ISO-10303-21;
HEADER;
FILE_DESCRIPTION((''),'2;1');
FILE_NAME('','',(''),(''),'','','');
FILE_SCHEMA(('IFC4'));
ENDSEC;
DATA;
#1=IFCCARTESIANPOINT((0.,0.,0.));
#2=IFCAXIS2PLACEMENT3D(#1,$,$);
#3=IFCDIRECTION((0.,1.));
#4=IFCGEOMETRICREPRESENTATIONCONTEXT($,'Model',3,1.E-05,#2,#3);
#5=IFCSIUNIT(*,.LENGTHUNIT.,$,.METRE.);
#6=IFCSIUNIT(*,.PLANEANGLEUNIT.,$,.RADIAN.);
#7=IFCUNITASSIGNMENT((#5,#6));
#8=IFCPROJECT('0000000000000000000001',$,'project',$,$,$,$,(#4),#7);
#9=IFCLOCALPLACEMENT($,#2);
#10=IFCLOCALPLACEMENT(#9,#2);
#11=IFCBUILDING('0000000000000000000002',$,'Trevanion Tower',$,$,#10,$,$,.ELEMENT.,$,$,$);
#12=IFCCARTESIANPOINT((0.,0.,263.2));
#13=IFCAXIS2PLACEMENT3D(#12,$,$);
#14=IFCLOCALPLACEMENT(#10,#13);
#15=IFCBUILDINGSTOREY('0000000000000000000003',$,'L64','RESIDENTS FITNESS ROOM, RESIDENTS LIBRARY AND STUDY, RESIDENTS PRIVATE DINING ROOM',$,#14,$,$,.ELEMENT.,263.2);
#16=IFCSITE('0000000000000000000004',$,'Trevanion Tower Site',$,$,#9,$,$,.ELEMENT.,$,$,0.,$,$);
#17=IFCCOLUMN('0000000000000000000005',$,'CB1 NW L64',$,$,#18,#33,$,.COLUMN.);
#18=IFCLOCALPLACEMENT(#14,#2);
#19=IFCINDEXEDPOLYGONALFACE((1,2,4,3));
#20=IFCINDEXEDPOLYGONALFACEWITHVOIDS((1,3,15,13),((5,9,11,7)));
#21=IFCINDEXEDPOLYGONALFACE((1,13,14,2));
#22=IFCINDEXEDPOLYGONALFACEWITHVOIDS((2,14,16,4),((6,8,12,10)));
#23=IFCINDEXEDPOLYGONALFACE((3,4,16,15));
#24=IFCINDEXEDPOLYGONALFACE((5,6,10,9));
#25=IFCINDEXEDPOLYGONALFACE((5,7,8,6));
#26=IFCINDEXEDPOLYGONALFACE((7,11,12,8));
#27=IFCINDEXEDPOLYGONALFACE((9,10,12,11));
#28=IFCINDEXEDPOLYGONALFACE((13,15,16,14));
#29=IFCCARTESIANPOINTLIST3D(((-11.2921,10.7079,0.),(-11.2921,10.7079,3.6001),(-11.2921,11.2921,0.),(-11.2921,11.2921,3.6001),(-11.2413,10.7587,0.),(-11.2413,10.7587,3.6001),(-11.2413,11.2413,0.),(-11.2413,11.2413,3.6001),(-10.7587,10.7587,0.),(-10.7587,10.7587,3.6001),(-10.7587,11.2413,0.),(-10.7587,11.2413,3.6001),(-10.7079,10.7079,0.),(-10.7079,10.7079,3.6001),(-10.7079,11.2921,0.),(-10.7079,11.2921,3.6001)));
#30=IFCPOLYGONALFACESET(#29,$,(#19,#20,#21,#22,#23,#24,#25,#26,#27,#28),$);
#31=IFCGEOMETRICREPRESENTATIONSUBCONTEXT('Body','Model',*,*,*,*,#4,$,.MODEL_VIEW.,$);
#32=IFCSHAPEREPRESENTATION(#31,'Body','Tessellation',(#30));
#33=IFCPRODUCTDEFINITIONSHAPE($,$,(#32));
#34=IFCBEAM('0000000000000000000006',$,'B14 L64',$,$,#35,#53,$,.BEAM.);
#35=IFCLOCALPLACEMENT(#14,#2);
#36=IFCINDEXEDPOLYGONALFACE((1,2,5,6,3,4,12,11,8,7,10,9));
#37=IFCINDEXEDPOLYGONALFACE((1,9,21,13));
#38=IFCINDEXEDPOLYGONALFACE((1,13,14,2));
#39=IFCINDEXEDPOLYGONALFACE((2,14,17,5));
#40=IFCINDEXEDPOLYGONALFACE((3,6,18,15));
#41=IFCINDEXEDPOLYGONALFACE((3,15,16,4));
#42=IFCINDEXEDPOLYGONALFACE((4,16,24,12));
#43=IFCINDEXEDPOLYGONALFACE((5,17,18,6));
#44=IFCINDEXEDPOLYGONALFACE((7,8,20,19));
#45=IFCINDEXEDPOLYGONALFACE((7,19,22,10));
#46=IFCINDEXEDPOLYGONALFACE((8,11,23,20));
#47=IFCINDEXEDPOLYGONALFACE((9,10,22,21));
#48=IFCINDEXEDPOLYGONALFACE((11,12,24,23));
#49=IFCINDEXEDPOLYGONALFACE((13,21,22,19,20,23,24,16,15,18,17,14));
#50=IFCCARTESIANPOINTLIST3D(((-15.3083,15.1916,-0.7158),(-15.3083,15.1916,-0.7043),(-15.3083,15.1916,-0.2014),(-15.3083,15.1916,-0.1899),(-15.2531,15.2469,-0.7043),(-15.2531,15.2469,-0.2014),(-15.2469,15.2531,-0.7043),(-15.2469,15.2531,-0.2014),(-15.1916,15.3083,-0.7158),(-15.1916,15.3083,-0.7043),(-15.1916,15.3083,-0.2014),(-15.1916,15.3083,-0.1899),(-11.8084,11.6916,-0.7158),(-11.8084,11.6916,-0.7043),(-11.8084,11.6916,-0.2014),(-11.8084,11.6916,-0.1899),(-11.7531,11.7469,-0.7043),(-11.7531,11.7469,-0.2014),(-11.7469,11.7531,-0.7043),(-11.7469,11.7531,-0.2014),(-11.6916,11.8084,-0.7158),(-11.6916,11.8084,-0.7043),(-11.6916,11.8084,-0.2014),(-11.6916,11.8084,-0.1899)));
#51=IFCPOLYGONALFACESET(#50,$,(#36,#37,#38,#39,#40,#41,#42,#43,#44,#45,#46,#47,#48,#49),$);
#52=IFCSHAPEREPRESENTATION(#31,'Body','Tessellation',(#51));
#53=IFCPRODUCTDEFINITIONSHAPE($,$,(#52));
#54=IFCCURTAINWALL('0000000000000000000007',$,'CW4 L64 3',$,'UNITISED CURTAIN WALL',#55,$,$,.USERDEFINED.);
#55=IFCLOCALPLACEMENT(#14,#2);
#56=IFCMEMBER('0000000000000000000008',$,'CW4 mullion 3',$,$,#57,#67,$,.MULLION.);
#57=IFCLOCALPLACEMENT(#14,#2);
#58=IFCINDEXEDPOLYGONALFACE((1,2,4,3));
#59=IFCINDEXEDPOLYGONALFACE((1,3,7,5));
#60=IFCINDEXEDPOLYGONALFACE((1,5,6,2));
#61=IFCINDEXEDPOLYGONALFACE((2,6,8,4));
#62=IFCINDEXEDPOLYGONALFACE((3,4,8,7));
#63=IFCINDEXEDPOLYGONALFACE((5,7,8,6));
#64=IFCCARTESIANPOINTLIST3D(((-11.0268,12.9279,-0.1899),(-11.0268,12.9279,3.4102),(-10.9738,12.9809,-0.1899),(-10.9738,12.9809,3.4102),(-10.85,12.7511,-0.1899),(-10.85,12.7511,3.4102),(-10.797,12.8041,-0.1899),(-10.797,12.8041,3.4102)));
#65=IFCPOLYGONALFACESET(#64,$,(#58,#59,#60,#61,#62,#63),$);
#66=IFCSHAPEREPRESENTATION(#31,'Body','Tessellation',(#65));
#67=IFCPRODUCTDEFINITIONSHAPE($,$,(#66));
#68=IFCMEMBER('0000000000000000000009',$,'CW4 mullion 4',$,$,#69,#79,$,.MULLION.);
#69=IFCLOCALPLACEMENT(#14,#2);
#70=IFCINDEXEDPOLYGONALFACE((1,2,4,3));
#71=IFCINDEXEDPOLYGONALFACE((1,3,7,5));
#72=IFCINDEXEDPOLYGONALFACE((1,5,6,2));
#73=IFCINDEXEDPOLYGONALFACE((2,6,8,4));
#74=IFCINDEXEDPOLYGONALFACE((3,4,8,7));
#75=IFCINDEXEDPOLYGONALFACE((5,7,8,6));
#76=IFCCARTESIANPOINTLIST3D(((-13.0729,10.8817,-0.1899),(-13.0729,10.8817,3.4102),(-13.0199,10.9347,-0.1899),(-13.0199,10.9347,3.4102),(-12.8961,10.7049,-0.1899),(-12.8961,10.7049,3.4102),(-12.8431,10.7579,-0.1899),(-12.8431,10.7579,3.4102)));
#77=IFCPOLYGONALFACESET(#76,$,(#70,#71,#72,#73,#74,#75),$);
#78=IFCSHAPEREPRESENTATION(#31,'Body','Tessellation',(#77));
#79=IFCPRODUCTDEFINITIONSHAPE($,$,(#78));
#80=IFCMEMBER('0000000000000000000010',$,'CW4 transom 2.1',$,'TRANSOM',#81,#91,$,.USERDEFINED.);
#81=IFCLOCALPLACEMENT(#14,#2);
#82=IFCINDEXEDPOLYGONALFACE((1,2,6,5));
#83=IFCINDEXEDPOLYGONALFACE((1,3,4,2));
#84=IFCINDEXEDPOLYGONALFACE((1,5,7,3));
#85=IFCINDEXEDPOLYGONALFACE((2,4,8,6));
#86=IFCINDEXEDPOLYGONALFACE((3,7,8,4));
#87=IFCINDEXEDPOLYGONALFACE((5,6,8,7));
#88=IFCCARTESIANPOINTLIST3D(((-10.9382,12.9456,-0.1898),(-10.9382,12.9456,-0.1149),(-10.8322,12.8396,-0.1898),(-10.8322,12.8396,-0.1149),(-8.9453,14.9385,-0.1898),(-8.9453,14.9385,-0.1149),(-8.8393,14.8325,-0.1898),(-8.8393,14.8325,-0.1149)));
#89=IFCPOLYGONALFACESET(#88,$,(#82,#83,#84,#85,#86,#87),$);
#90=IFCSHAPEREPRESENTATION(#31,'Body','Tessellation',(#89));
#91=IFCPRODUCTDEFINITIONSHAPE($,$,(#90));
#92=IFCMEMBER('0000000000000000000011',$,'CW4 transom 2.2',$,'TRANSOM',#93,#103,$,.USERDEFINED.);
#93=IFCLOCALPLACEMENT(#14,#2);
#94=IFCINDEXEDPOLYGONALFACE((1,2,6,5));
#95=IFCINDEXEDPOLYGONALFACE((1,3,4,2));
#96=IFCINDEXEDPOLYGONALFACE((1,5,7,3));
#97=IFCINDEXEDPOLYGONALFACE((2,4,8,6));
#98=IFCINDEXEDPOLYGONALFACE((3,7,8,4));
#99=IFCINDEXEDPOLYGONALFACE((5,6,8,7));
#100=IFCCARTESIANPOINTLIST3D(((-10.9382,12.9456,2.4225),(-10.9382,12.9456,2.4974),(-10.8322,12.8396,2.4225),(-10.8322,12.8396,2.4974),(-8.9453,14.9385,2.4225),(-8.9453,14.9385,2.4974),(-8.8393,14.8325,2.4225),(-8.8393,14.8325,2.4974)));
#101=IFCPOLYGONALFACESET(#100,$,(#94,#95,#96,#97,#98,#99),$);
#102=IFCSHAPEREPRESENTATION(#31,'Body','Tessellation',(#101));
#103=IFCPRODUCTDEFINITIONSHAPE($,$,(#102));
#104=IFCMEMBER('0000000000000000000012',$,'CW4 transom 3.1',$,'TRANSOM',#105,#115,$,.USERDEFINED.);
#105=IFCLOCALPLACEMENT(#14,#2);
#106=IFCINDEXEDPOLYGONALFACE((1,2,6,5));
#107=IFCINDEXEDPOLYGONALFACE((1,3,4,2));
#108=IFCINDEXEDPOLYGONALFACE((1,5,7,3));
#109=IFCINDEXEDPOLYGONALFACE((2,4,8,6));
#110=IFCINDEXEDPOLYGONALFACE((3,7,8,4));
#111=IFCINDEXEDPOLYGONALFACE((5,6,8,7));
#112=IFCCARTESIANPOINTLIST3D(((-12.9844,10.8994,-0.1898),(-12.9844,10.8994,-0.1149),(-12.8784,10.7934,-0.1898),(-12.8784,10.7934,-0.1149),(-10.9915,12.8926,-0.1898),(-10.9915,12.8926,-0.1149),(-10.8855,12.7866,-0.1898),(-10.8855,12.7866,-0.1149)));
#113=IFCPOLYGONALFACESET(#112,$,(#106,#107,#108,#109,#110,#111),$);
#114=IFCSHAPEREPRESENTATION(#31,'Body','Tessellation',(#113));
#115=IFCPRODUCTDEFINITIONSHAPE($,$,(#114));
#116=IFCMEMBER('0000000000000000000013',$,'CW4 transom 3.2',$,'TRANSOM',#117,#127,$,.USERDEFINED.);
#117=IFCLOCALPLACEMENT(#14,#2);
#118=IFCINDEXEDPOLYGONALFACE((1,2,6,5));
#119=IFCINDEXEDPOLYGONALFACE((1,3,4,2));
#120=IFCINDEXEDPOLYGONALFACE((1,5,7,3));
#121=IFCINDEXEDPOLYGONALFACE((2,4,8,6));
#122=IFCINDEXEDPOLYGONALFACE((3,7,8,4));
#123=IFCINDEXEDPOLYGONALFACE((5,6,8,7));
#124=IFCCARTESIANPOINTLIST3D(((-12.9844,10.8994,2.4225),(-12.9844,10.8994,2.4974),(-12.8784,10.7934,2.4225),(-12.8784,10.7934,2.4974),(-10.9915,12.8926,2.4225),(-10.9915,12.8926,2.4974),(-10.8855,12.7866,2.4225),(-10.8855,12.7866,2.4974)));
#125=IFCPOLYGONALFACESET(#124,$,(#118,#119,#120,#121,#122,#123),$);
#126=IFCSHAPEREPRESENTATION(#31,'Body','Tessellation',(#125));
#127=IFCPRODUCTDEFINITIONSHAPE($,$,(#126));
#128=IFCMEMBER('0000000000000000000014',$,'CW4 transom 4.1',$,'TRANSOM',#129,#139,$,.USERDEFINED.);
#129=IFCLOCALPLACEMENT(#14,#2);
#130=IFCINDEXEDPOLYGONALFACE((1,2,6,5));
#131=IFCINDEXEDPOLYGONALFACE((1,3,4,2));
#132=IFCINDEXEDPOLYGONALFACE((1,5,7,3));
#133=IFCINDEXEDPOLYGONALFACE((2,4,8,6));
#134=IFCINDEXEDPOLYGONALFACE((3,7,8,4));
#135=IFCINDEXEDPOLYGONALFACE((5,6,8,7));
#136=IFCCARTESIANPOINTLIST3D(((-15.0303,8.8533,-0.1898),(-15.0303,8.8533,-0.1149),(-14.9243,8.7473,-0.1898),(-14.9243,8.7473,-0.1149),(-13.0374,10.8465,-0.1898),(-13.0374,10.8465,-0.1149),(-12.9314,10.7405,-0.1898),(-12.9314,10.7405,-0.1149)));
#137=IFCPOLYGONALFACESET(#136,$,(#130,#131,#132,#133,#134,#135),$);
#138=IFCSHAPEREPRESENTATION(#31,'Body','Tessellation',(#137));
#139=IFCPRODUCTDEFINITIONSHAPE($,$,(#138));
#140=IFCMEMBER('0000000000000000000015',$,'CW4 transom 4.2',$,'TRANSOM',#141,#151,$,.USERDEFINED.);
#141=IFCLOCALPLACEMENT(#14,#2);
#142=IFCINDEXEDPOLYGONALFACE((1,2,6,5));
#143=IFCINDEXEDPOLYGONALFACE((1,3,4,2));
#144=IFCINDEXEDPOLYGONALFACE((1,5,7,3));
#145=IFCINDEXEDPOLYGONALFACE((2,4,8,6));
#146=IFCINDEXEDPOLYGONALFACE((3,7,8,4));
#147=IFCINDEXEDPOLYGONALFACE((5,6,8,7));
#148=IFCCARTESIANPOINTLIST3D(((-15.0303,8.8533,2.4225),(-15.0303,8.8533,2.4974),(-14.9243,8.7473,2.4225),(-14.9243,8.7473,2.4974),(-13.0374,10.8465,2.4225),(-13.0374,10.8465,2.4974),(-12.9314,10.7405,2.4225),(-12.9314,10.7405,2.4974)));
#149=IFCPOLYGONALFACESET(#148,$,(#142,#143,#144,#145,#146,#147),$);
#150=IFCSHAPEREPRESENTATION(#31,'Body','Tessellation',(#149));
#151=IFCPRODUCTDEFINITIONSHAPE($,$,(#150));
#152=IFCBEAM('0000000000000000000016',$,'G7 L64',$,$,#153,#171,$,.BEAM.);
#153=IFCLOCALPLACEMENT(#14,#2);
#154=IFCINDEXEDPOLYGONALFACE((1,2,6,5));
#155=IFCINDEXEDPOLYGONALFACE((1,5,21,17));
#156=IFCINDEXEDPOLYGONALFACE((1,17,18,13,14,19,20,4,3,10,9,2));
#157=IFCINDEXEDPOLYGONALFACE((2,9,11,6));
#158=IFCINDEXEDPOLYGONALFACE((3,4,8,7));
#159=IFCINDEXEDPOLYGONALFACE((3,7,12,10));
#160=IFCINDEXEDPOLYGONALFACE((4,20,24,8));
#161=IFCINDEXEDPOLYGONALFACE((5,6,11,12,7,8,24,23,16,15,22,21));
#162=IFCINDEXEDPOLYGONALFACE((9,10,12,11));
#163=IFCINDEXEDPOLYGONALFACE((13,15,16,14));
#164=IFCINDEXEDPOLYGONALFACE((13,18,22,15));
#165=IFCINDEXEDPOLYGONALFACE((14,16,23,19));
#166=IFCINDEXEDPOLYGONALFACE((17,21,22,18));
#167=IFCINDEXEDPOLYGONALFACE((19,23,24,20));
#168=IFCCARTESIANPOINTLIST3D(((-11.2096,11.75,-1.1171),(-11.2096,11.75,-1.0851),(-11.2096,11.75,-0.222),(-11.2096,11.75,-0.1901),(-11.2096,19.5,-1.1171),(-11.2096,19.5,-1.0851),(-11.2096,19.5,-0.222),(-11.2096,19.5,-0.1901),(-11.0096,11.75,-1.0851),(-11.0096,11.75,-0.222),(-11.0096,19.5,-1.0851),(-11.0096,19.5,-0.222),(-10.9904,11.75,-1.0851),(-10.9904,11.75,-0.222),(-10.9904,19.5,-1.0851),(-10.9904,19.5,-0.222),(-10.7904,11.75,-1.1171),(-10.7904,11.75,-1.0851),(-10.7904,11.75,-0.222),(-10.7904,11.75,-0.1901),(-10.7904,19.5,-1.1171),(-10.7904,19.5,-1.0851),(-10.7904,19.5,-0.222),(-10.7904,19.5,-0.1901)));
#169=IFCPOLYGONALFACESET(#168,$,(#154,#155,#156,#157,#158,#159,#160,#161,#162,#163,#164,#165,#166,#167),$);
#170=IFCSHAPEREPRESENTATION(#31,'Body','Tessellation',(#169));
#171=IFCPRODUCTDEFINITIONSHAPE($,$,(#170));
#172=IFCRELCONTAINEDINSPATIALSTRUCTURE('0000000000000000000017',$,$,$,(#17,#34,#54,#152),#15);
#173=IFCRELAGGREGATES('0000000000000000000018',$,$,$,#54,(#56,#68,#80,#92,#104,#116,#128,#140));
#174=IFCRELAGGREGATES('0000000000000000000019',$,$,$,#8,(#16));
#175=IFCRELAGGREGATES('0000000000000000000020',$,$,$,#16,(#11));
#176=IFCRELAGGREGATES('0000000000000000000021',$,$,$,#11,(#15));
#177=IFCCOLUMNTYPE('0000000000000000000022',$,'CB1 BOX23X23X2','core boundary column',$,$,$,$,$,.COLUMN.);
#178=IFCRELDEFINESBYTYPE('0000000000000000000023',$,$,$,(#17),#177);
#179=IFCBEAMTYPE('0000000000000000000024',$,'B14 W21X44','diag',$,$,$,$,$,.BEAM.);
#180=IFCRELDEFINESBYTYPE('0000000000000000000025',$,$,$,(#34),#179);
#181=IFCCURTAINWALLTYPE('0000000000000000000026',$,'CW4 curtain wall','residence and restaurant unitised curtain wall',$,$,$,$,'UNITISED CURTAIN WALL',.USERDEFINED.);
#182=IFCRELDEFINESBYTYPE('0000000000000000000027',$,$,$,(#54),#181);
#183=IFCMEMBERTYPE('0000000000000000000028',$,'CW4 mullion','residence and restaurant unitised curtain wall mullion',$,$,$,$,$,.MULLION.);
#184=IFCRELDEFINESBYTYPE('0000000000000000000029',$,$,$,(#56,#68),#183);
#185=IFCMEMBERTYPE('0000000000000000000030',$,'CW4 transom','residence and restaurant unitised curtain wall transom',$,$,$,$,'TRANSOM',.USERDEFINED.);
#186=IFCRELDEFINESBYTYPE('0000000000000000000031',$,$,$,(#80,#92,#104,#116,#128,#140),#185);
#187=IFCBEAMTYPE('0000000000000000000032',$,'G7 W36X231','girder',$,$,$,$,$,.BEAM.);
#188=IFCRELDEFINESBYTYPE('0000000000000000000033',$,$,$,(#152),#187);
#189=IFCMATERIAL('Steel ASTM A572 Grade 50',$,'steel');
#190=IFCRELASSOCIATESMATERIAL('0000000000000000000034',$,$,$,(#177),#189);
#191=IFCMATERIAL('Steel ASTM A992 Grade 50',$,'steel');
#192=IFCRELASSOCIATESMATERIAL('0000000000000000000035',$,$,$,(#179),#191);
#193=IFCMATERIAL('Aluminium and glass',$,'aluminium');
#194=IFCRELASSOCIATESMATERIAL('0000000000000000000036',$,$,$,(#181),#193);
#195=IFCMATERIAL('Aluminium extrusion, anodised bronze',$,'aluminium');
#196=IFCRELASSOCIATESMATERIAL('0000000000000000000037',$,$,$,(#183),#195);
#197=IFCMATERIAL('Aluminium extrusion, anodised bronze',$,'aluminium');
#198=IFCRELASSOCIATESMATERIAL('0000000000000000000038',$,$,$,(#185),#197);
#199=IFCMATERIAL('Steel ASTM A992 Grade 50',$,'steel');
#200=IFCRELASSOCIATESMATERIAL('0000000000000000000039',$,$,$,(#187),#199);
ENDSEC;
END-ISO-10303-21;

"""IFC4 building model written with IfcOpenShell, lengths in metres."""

from ifc_helpers import new_model, si_unit, direction, frame, origin, origin_2d, place, context, subcontext, project, spatial, rectangle, hollow_rectangle, i_section, extrude, material, material_profile, profile_set, type_object, element, aggregate, save


model = new_model("IFC4")

# Units and contexts
model_context = context("Model", 3, precision=1e-05, world=origin(), true_north=direction((0.0, 1.0)))
body_context = subcontext(model_context, "Body", "Model", "MODEL_VIEW")
ifc_project = project(units=[si_unit("LENGTHUNIT", "METRE"), si_unit("PLANEANGLEUNIT", "RADIAN")], contexts=[model_context])

# Site, building, storey
site_placement = place(None, origin())
site = spatial("IfcSite", under=ifc_project, at=site_placement, Name="Trevanion Tower Site", CompositionType="ELEMENT", RefElevation=0.0)
building_placement = place(site_placement, origin())
building = spatial("IfcBuilding", under=site, at=building_placement, Name="Trevanion Tower", CompositionType="ELEMENT")
storey_placement = place(building_placement, frame((0.0, 0.0, 263.2)))
storey = spatial("IfcBuildingStorey", under=building, at=storey_placement, Name="L64", Description="RESIDENTS FITNESS ROOM, RESIDENTS LIBRARY AND STUDY, RESIDENTS PRIVATE DINING ROOM", CompositionType="ELEMENT", Elevation=263.2)

# Column
ifc_material_1 = material(Name="Steel ASTM A572 Grade 50", Category="steel")
ifc_material_profile_1 = material_profile(ifc_material_1, hollow_rectangle(XDim=0.5842, YDim=0.5842, WallThickness=0.0508, at=origin_2d()), Name="BOX23X23X2")
ifc_profile_set_1 = profile_set([ifc_material_profile_1], Name="Steel ASTM A572 Grade 50")
column_type = type_object("IfcColumnType", Name="CB1 BOX23X23X2", Description="core boundary column", PredefinedType="COLUMN", material=ifc_profile_set_1)
column_placement = place(storey_placement, frame((-11.0, 11.0, 0.0), z_axis=(0.0, 0.0, 1.0), x_axis=(1.0, 0.0, 0.0)))
element("IfcColumn", 1, at=column_placement, inside=storey, type_object=column_type, Name="CB1 NW L64", PredefinedType="COLUMN", context=body_context, shape_type="SweptSolid", body=[
    extrude(hollow_rectangle(XDim=0.5842, YDim=0.5842, WallThickness=0.0508, at=origin_2d()), origin(), (0.0, 0.0, 1.0), 3.6001),
])

# Beam
ifc_material_2 = material(Name="Steel ASTM A992 Grade 50", Category="steel")
ifc_material_profile_2 = material_profile(ifc_material_2, i_section(OverallWidth=0.165, OverallDepth=0.5259, WebThickness=0.0088, FlangeThickness=0.0115, at=origin_2d()), Name="W21X44")
ifc_profile_set_2 = profile_set([ifc_material_profile_2], Name="Steel ASTM A992 Grade 50")
beam_type_1 = type_object("IfcBeamType", Name="B14 W21X44", Description="diag", PredefinedType="BEAM", material=ifc_profile_set_2)
beam_1_placement = place(storey_placement, frame((-11.75, 11.75, -0.4529), z_axis=(-0.707107, 0.707107, 0.0), x_axis=(-0.707107, -0.707107, 0.0)))
element("IfcBeam", 2, at=beam_1_placement, inside=storey, type_object=beam_type_1, Name="B14 L64", PredefinedType="BEAM", context=body_context, shape_type="SweptSolid", body=[
    extrude(i_section(OverallWidth=0.165, OverallDepth=0.5259, WebThickness=0.0088, FlangeThickness=0.0115, at=origin_2d()), origin(), (0.0, 0.0, 1.0), 4.9497),
])

# Curtain wall, members
ifc_material_3 = material(Name="Aluminium and glass", Category="aluminium")
curtain_wall_type = type_object("IfcCurtainWallType", Name="CW4 curtain wall", Description="residence and restaurant unitised curtain wall", ElementType="UNITISED CURTAIN WALL", PredefinedType="USERDEFINED", material=ifc_material_3)
curtain_wall_placement = place(storey_placement, origin())
curtain_wall = element("IfcCurtainWall", 3, at=curtain_wall_placement, inside=storey, type_object=curtain_wall_type, Name="CW4 L64 3", ObjectType="UNITISED CURTAIN WALL", PredefinedType="USERDEFINED")
ifc_material_4 = material(Name="Aluminium extrusion, anodised bronze", Category="aluminium")
ifc_material_profile_3 = material_profile(ifc_material_4, rectangle(XDim=0.075, YDim=0.25, at=origin_2d()), Name="CW4 mullion")
ifc_profile_set_3 = profile_set([ifc_material_profile_3], Name="Aluminium extrusion, anodised bronze")
member_type_1 = type_object("IfcMemberType", Name="CW4 mullion", Description="residence and restaurant unitised curtain wall mullion", PredefinedType="MULLION", material=ifc_profile_set_3)
member_1_placement = place(storey_placement, frame((-10.9119, 12.866, -0.1899), z_axis=(0.0, 0.0, 1.0), x_axis=(-0.707107, -0.707107, 0.0)))
member_1 = element("IfcMember", 4, at=member_1_placement, type_object=member_type_1, Name="CW4 mullion 3", PredefinedType="MULLION", context=body_context, shape_type="SweptSolid", body=[
    extrude(rectangle(XDim=0.075, YDim=0.25, at=origin_2d()), origin(), (0.0, 0.0, 1.0), 3.6001),
])
member_2_placement = place(storey_placement, frame((-12.958, 10.8198, -0.1899), z_axis=(0.0, 0.0, 1.0), x_axis=(-0.707107, -0.707107, 0.0)))
member_2 = element("IfcMember", 5, at=member_2_placement, type_object=member_type_1, Name="CW4 mullion 4", PredefinedType="MULLION", context=body_context, shape_type="SweptSolid", body=[
    extrude(rectangle(XDim=0.075, YDim=0.25, at=origin_2d()), origin(), (0.0, 0.0, 1.0), 3.6001),
])
ifc_material_5 = material(Name="Aluminium extrusion, anodised bronze", Category="aluminium")
ifc_material_profile_4 = material_profile(ifc_material_5, rectangle(XDim=0.1499, YDim=0.075, at=origin_2d()), Name="CW4 transom")
ifc_profile_set_4 = profile_set([ifc_material_profile_4], Name="Aluminium extrusion, anodised bronze")
member_type_2 = type_object("IfcMemberType", Name="CW4 transom", Description="residence and restaurant unitised curtain wall transom", ElementType="TRANSOM", PredefinedType="USERDEFINED", material=ifc_profile_set_4)
member_3_placement = place(storey_placement, frame((-8.8923, 14.8855, -0.1523), z_axis=(-0.707107, -0.707107, 0.0), x_axis=(0.707107, -0.707107, 0.0)))
member_3 = element("IfcMember", 6, at=member_3_placement, type_object=member_type_2, Name="CW4 transom 2.1", ObjectType="TRANSOM", PredefinedType="USERDEFINED", context=body_context, shape_type="SweptSolid", body=[
    extrude(rectangle(XDim=0.1499, YDim=0.075, at=origin_2d()), origin(), (0.0, 0.0, 1.0), 2.8184),
])
member_4_placement = place(storey_placement, frame((-8.8923, 14.8855, 2.46), z_axis=(-0.707107, -0.707107, 0.0), x_axis=(0.707107, -0.707107, 0.0)))
member_4 = element("IfcMember", 7, at=member_4_placement, type_object=member_type_2, Name="CW4 transom 2.2", ObjectType="TRANSOM", PredefinedType="USERDEFINED", context=body_context, shape_type="SweptSolid", body=[
    extrude(rectangle(XDim=0.1499, YDim=0.075, at=origin_2d()), origin(), (0.0, 0.0, 1.0), 2.8184),
])
member_5_placement = place(storey_placement, frame((-10.9385, 12.8396, -0.1523), z_axis=(-0.707063, -0.70715, 0.0), x_axis=(0.70715, -0.707063, 0.0)))
member_5 = element("IfcMember", 8, at=member_5_placement, type_object=member_type_2, Name="CW4 transom 3.1", ObjectType="TRANSOM", PredefinedType="USERDEFINED", context=body_context, shape_type="SweptSolid", body=[
    extrude(rectangle(XDim=0.1499, YDim=0.075, at=origin_2d()), origin(), (0.0, 0.0, 1.0), 2.8186),
])
member_6_placement = place(storey_placement, frame((-10.9385, 12.8396, 2.46), z_axis=(-0.707063, -0.70715, 0.0), x_axis=(0.70715, -0.707063, 0.0)))
member_6 = element("IfcMember", 9, at=member_6_placement, type_object=member_type_2, Name="CW4 transom 3.2", ObjectType="TRANSOM", PredefinedType="USERDEFINED", context=body_context, shape_type="SweptSolid", body=[
    extrude(rectangle(XDim=0.1499, YDim=0.075, at=origin_2d()), origin(), (0.0, 0.0, 1.0), 2.8186),
])
member_7_placement = place(storey_placement, frame((-12.9844, 10.7935, -0.1523), z_axis=(-0.707063, -0.70715, 0.0), x_axis=(0.70715, -0.707063, 0.0)))
member_7 = element("IfcMember", 10, at=member_7_placement, type_object=member_type_2, Name="CW4 transom 4.1", ObjectType="TRANSOM", PredefinedType="USERDEFINED", context=body_context, shape_type="SweptSolid", body=[
    extrude(rectangle(XDim=0.1499, YDim=0.075, at=origin_2d()), origin(), (0.0, 0.0, 1.0), 2.8186),
])
member_8_placement = place(storey_placement, frame((-12.9844, 10.7935, 2.46), z_axis=(-0.707063, -0.70715, 0.0), x_axis=(0.70715, -0.707063, 0.0)))
member_8 = element("IfcMember", 11, at=member_8_placement, type_object=member_type_2, Name="CW4 transom 4.2", ObjectType="TRANSOM", PredefinedType="USERDEFINED", context=body_context, shape_type="SweptSolid", body=[
    extrude(rectangle(XDim=0.1499, YDim=0.075, at=origin_2d()), origin(), (0.0, 0.0, 1.0), 2.8186),
])

# Beam
ifc_material_6 = material(Name="Steel ASTM A992 Grade 50", Category="steel")
ifc_material_profile_5 = material_profile(ifc_material_6, i_section(OverallWidth=0.4192, OverallDepth=0.927, WebThickness=0.0193, FlangeThickness=0.032, at=origin_2d()), Name="W36X231")
ifc_profile_set_5 = profile_set([ifc_material_profile_5], Name="Steel ASTM A992 Grade 50")
beam_type_2 = type_object("IfcBeamType", Name="G7 W36X231", Description="girder", PredefinedType="BEAM", material=ifc_profile_set_5)
for number, where, z_axis, x_axis, name in (
    (12, (-11.0, 11.75, -0.6536), (0.0, 1.0, 0.0), (-1.0, 0.0, 0.0), "G7 L64"),
):
    element("IfcBeam", number, at=place(storey_placement, frame(where, z_axis=z_axis, x_axis=x_axis)), inside=storey, type_object=beam_type_2, Name=name, PredefinedType="BEAM", context=body_context, shape_type="SweptSolid", body=[
        extrude(i_section(OverallWidth=0.4192, OverallDepth=0.927, WebThickness=0.0193, FlangeThickness=0.032, at=origin_2d()), origin(), (0.0, 0.0, 1.0), 7.75),
    ])

aggregate(curtain_wall, [member_1, member_2, member_3, member_4, member_5, member_6, member_7, member_8])

save(model, "model.ifc")
